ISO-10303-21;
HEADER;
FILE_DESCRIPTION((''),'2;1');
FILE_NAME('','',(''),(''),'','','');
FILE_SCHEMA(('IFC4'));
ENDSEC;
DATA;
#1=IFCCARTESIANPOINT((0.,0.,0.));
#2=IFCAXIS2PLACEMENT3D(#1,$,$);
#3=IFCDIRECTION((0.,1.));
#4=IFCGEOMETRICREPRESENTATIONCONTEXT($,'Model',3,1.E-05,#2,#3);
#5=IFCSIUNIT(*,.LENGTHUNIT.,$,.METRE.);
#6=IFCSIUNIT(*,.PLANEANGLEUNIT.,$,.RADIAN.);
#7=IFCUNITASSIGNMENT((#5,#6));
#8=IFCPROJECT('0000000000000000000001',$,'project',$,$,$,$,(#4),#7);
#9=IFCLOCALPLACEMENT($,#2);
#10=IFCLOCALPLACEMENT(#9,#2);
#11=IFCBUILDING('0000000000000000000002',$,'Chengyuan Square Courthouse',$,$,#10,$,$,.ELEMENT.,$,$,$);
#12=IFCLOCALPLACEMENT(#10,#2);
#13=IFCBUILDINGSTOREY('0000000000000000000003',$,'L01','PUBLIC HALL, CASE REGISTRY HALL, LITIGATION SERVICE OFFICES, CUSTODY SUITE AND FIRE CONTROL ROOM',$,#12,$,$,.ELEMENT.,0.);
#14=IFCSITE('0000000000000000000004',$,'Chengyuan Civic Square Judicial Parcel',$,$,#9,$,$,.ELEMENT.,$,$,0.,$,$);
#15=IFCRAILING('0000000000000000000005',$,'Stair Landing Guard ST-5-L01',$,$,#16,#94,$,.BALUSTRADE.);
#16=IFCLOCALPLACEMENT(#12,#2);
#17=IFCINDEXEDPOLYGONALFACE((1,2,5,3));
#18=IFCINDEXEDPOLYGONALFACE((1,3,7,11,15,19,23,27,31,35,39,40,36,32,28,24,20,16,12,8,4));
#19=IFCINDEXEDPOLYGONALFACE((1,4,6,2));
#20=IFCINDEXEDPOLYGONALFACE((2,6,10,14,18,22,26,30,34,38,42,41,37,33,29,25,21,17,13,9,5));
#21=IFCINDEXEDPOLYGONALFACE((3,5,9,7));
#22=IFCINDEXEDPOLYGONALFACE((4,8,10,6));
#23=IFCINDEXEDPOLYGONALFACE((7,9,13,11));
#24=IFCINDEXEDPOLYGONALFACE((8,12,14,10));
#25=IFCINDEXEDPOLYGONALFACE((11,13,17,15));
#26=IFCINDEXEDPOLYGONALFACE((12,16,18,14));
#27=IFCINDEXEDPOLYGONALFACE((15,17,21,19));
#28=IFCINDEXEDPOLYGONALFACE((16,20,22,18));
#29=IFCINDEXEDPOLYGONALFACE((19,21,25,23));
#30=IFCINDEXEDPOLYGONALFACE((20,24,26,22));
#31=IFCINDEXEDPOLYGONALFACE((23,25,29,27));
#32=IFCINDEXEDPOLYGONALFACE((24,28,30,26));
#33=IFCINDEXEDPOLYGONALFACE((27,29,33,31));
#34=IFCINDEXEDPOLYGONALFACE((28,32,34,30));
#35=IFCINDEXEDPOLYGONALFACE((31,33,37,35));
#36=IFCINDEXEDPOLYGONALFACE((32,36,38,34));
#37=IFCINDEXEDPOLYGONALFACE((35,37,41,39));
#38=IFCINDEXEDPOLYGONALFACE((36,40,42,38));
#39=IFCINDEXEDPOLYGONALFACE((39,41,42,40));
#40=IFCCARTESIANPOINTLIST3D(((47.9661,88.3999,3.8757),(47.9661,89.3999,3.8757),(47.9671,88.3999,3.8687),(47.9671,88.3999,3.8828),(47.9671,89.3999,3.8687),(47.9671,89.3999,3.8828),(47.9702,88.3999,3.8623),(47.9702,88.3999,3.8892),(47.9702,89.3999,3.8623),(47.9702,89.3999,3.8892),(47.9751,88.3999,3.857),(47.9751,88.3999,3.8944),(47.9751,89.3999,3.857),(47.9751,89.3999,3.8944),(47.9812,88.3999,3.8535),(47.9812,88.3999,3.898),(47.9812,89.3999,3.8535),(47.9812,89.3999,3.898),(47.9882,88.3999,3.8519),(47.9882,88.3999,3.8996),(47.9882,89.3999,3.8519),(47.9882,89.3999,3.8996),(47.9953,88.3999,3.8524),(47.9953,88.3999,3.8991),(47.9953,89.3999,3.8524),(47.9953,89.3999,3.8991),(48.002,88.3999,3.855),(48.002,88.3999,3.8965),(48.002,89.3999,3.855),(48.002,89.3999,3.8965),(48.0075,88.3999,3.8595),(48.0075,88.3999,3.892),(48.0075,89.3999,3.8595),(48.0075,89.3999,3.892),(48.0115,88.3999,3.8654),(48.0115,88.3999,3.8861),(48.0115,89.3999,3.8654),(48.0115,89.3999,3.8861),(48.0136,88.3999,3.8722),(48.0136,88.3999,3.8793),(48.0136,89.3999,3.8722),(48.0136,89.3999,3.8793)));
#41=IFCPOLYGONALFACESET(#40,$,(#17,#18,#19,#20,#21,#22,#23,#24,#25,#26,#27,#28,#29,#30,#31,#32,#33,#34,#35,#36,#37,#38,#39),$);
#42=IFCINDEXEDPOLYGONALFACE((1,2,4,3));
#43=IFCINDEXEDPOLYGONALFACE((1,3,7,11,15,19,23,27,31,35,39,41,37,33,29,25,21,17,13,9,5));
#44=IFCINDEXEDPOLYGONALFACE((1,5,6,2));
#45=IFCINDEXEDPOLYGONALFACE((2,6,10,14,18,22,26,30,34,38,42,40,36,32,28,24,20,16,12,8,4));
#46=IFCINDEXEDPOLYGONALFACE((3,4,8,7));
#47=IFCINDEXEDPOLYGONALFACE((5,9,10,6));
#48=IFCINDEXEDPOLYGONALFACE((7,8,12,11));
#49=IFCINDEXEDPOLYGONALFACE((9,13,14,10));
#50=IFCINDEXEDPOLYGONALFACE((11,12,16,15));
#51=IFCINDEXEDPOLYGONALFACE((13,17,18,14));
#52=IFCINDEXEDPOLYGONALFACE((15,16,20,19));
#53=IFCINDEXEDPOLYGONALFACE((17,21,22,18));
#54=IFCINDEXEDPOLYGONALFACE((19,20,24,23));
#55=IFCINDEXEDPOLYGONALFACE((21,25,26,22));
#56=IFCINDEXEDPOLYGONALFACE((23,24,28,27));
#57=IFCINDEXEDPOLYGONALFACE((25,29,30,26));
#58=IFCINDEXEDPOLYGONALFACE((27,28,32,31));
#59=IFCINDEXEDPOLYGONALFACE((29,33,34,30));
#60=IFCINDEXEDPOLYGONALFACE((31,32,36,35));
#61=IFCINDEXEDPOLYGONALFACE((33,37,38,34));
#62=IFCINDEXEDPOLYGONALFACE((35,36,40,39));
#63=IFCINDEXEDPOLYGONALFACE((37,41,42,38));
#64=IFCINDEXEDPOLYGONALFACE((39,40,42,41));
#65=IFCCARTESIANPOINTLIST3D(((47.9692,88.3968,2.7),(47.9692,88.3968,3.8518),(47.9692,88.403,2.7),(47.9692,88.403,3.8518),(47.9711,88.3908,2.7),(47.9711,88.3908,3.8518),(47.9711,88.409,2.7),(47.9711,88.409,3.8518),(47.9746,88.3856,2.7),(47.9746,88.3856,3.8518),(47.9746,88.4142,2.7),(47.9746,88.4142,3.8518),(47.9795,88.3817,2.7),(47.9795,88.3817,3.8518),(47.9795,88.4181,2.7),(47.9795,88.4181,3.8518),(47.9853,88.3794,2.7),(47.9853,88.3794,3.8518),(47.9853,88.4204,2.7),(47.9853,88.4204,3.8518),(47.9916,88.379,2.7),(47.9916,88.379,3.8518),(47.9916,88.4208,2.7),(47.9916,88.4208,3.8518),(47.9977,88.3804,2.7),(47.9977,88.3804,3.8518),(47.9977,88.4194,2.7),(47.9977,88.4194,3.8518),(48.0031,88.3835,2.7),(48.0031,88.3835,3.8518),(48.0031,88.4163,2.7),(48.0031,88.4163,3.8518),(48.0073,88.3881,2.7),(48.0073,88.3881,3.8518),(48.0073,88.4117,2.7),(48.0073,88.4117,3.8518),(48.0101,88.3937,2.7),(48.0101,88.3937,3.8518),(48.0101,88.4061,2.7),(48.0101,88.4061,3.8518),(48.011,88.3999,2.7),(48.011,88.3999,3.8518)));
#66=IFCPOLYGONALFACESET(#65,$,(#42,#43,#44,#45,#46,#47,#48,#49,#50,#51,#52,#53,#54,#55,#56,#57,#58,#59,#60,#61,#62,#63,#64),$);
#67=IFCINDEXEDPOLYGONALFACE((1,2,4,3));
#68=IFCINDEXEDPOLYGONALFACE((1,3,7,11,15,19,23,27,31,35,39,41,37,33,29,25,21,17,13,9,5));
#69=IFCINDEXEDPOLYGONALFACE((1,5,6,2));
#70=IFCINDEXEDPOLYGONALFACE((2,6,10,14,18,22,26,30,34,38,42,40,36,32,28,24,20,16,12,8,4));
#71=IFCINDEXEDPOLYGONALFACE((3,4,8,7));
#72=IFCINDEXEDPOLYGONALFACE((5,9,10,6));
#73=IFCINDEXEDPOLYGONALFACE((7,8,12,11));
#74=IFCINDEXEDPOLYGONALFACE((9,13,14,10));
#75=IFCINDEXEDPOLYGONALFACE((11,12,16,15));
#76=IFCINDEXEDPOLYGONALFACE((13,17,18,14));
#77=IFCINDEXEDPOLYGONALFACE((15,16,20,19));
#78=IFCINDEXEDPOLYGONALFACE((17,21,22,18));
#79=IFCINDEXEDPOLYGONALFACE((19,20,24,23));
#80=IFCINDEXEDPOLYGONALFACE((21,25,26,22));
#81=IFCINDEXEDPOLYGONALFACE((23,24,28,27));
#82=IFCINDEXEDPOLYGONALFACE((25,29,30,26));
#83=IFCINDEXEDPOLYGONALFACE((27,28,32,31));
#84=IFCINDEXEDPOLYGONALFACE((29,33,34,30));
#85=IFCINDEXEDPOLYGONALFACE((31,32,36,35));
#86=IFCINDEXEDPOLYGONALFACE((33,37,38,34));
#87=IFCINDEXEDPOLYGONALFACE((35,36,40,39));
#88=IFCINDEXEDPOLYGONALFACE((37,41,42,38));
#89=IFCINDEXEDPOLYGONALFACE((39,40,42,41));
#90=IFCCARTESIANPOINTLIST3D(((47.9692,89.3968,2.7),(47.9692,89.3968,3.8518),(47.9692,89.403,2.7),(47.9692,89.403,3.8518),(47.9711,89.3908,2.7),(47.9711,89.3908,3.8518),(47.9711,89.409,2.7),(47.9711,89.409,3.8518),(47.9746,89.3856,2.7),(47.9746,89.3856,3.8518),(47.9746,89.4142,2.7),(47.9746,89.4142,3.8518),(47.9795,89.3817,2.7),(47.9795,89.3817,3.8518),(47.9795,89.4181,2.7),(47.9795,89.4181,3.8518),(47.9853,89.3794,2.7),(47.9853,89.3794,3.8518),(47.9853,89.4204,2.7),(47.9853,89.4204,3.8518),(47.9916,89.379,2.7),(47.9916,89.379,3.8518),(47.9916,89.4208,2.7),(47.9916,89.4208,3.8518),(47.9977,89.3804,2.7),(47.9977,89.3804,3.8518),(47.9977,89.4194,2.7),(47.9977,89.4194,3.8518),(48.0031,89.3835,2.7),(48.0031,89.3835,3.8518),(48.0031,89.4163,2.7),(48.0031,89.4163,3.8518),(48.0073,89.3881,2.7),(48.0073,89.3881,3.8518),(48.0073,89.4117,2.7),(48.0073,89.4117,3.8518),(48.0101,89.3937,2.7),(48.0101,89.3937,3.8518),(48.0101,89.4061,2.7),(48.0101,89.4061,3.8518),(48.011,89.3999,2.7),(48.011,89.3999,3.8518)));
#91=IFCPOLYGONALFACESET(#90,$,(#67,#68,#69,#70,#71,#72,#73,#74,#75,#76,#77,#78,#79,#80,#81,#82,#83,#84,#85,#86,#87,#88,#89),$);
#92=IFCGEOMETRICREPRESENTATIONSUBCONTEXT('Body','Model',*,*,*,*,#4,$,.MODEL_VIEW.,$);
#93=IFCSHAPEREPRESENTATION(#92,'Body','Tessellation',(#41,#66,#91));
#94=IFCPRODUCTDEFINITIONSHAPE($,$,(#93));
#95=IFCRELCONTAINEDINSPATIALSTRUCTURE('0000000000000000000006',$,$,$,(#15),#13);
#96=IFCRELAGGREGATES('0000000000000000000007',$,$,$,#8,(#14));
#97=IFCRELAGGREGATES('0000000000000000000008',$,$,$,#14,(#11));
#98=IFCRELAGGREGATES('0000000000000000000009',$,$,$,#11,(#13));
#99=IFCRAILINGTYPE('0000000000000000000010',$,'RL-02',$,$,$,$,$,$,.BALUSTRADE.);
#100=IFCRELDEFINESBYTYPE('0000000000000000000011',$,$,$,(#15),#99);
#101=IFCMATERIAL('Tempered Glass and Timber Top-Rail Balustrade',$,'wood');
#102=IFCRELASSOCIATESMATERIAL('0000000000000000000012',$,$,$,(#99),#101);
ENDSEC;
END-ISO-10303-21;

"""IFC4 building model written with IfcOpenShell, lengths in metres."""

from ifc_helpers import new_model, si_unit, direction, frame, origin, origin_2d, place, context, subcontext, project, spatial, circle, extrude, material, type_object, element, save


model = new_model("IFC4")

# Units and contexts
model_context = context("Model", 3, precision=1e-05, world=origin(), true_north=direction((0.0, 1.0)))
body_context = subcontext(model_context, "Body", "Model", "MODEL_VIEW")
ifc_project = project(units=[si_unit("LENGTHUNIT", "METRE"), si_unit("PLANEANGLEUNIT", "RADIAN")], contexts=[model_context])

# Site, building, storey
site_placement = place(None, origin())
site = spatial("IfcSite", under=ifc_project, at=site_placement, Name="Chengyuan Civic Square Judicial Parcel", CompositionType="ELEMENT", RefElevation=0.0)
building_placement = place(site_placement, origin())
building = spatial("IfcBuilding", under=site, at=building_placement, Name="Chengyuan Square Courthouse", CompositionType="ELEMENT")
storey_placement = place(building_placement, origin())
storey = spatial("IfcBuildingStorey", under=building, at=storey_placement, Name="L01", Description="PUBLIC HALL, CASE REGISTRY HALL, LITIGATION SERVICE OFFICES, CUSTODY SUITE AND FIRE CONTROL ROOM", CompositionType="ELEMENT", Elevation=0.0)

# Railing
ifc_material_1 = material(Name="Tempered Glass and Timber Top-Rail Balustrade", Category="wood")
railing_type_1 = type_object("IfcRailingType", Name="RL-02", PredefinedType="BALUSTRADE", material=ifc_material_1)
for number, where, name in (
    (1, (47.99, 88.3999, 2.7), "Stair Landing Guard ST-5-L01"),
):
    element("IfcRailing", number, at=place(storey_placement, frame(where)), inside=storey, type_object=railing_type_1, Name=name, PredefinedType="BALUSTRADE", context=body_context, shape_type="SweptSolid", body=[
        extrude(circle(Radius=0.0239, at=origin_2d()), frame((0.0, 0.0, 1.1758), z_axis=(0.0, 1.0, 0.0), x_axis=(-1.0, 0.0, 0.0)), (0.0, 0.0, 1.0), 1.0),
        extrude(circle(Radius=0.021, at=origin_2d()), origin(), (0.0, 0.0, 1.0), 1.1519),
        extrude(circle(Radius=0.021, at=origin_2d()), frame((0.0, 1.0, 0.0)), (0.0, 0.0, 1.0), 1.1519),
    ])

save(model, "model.ifc")
